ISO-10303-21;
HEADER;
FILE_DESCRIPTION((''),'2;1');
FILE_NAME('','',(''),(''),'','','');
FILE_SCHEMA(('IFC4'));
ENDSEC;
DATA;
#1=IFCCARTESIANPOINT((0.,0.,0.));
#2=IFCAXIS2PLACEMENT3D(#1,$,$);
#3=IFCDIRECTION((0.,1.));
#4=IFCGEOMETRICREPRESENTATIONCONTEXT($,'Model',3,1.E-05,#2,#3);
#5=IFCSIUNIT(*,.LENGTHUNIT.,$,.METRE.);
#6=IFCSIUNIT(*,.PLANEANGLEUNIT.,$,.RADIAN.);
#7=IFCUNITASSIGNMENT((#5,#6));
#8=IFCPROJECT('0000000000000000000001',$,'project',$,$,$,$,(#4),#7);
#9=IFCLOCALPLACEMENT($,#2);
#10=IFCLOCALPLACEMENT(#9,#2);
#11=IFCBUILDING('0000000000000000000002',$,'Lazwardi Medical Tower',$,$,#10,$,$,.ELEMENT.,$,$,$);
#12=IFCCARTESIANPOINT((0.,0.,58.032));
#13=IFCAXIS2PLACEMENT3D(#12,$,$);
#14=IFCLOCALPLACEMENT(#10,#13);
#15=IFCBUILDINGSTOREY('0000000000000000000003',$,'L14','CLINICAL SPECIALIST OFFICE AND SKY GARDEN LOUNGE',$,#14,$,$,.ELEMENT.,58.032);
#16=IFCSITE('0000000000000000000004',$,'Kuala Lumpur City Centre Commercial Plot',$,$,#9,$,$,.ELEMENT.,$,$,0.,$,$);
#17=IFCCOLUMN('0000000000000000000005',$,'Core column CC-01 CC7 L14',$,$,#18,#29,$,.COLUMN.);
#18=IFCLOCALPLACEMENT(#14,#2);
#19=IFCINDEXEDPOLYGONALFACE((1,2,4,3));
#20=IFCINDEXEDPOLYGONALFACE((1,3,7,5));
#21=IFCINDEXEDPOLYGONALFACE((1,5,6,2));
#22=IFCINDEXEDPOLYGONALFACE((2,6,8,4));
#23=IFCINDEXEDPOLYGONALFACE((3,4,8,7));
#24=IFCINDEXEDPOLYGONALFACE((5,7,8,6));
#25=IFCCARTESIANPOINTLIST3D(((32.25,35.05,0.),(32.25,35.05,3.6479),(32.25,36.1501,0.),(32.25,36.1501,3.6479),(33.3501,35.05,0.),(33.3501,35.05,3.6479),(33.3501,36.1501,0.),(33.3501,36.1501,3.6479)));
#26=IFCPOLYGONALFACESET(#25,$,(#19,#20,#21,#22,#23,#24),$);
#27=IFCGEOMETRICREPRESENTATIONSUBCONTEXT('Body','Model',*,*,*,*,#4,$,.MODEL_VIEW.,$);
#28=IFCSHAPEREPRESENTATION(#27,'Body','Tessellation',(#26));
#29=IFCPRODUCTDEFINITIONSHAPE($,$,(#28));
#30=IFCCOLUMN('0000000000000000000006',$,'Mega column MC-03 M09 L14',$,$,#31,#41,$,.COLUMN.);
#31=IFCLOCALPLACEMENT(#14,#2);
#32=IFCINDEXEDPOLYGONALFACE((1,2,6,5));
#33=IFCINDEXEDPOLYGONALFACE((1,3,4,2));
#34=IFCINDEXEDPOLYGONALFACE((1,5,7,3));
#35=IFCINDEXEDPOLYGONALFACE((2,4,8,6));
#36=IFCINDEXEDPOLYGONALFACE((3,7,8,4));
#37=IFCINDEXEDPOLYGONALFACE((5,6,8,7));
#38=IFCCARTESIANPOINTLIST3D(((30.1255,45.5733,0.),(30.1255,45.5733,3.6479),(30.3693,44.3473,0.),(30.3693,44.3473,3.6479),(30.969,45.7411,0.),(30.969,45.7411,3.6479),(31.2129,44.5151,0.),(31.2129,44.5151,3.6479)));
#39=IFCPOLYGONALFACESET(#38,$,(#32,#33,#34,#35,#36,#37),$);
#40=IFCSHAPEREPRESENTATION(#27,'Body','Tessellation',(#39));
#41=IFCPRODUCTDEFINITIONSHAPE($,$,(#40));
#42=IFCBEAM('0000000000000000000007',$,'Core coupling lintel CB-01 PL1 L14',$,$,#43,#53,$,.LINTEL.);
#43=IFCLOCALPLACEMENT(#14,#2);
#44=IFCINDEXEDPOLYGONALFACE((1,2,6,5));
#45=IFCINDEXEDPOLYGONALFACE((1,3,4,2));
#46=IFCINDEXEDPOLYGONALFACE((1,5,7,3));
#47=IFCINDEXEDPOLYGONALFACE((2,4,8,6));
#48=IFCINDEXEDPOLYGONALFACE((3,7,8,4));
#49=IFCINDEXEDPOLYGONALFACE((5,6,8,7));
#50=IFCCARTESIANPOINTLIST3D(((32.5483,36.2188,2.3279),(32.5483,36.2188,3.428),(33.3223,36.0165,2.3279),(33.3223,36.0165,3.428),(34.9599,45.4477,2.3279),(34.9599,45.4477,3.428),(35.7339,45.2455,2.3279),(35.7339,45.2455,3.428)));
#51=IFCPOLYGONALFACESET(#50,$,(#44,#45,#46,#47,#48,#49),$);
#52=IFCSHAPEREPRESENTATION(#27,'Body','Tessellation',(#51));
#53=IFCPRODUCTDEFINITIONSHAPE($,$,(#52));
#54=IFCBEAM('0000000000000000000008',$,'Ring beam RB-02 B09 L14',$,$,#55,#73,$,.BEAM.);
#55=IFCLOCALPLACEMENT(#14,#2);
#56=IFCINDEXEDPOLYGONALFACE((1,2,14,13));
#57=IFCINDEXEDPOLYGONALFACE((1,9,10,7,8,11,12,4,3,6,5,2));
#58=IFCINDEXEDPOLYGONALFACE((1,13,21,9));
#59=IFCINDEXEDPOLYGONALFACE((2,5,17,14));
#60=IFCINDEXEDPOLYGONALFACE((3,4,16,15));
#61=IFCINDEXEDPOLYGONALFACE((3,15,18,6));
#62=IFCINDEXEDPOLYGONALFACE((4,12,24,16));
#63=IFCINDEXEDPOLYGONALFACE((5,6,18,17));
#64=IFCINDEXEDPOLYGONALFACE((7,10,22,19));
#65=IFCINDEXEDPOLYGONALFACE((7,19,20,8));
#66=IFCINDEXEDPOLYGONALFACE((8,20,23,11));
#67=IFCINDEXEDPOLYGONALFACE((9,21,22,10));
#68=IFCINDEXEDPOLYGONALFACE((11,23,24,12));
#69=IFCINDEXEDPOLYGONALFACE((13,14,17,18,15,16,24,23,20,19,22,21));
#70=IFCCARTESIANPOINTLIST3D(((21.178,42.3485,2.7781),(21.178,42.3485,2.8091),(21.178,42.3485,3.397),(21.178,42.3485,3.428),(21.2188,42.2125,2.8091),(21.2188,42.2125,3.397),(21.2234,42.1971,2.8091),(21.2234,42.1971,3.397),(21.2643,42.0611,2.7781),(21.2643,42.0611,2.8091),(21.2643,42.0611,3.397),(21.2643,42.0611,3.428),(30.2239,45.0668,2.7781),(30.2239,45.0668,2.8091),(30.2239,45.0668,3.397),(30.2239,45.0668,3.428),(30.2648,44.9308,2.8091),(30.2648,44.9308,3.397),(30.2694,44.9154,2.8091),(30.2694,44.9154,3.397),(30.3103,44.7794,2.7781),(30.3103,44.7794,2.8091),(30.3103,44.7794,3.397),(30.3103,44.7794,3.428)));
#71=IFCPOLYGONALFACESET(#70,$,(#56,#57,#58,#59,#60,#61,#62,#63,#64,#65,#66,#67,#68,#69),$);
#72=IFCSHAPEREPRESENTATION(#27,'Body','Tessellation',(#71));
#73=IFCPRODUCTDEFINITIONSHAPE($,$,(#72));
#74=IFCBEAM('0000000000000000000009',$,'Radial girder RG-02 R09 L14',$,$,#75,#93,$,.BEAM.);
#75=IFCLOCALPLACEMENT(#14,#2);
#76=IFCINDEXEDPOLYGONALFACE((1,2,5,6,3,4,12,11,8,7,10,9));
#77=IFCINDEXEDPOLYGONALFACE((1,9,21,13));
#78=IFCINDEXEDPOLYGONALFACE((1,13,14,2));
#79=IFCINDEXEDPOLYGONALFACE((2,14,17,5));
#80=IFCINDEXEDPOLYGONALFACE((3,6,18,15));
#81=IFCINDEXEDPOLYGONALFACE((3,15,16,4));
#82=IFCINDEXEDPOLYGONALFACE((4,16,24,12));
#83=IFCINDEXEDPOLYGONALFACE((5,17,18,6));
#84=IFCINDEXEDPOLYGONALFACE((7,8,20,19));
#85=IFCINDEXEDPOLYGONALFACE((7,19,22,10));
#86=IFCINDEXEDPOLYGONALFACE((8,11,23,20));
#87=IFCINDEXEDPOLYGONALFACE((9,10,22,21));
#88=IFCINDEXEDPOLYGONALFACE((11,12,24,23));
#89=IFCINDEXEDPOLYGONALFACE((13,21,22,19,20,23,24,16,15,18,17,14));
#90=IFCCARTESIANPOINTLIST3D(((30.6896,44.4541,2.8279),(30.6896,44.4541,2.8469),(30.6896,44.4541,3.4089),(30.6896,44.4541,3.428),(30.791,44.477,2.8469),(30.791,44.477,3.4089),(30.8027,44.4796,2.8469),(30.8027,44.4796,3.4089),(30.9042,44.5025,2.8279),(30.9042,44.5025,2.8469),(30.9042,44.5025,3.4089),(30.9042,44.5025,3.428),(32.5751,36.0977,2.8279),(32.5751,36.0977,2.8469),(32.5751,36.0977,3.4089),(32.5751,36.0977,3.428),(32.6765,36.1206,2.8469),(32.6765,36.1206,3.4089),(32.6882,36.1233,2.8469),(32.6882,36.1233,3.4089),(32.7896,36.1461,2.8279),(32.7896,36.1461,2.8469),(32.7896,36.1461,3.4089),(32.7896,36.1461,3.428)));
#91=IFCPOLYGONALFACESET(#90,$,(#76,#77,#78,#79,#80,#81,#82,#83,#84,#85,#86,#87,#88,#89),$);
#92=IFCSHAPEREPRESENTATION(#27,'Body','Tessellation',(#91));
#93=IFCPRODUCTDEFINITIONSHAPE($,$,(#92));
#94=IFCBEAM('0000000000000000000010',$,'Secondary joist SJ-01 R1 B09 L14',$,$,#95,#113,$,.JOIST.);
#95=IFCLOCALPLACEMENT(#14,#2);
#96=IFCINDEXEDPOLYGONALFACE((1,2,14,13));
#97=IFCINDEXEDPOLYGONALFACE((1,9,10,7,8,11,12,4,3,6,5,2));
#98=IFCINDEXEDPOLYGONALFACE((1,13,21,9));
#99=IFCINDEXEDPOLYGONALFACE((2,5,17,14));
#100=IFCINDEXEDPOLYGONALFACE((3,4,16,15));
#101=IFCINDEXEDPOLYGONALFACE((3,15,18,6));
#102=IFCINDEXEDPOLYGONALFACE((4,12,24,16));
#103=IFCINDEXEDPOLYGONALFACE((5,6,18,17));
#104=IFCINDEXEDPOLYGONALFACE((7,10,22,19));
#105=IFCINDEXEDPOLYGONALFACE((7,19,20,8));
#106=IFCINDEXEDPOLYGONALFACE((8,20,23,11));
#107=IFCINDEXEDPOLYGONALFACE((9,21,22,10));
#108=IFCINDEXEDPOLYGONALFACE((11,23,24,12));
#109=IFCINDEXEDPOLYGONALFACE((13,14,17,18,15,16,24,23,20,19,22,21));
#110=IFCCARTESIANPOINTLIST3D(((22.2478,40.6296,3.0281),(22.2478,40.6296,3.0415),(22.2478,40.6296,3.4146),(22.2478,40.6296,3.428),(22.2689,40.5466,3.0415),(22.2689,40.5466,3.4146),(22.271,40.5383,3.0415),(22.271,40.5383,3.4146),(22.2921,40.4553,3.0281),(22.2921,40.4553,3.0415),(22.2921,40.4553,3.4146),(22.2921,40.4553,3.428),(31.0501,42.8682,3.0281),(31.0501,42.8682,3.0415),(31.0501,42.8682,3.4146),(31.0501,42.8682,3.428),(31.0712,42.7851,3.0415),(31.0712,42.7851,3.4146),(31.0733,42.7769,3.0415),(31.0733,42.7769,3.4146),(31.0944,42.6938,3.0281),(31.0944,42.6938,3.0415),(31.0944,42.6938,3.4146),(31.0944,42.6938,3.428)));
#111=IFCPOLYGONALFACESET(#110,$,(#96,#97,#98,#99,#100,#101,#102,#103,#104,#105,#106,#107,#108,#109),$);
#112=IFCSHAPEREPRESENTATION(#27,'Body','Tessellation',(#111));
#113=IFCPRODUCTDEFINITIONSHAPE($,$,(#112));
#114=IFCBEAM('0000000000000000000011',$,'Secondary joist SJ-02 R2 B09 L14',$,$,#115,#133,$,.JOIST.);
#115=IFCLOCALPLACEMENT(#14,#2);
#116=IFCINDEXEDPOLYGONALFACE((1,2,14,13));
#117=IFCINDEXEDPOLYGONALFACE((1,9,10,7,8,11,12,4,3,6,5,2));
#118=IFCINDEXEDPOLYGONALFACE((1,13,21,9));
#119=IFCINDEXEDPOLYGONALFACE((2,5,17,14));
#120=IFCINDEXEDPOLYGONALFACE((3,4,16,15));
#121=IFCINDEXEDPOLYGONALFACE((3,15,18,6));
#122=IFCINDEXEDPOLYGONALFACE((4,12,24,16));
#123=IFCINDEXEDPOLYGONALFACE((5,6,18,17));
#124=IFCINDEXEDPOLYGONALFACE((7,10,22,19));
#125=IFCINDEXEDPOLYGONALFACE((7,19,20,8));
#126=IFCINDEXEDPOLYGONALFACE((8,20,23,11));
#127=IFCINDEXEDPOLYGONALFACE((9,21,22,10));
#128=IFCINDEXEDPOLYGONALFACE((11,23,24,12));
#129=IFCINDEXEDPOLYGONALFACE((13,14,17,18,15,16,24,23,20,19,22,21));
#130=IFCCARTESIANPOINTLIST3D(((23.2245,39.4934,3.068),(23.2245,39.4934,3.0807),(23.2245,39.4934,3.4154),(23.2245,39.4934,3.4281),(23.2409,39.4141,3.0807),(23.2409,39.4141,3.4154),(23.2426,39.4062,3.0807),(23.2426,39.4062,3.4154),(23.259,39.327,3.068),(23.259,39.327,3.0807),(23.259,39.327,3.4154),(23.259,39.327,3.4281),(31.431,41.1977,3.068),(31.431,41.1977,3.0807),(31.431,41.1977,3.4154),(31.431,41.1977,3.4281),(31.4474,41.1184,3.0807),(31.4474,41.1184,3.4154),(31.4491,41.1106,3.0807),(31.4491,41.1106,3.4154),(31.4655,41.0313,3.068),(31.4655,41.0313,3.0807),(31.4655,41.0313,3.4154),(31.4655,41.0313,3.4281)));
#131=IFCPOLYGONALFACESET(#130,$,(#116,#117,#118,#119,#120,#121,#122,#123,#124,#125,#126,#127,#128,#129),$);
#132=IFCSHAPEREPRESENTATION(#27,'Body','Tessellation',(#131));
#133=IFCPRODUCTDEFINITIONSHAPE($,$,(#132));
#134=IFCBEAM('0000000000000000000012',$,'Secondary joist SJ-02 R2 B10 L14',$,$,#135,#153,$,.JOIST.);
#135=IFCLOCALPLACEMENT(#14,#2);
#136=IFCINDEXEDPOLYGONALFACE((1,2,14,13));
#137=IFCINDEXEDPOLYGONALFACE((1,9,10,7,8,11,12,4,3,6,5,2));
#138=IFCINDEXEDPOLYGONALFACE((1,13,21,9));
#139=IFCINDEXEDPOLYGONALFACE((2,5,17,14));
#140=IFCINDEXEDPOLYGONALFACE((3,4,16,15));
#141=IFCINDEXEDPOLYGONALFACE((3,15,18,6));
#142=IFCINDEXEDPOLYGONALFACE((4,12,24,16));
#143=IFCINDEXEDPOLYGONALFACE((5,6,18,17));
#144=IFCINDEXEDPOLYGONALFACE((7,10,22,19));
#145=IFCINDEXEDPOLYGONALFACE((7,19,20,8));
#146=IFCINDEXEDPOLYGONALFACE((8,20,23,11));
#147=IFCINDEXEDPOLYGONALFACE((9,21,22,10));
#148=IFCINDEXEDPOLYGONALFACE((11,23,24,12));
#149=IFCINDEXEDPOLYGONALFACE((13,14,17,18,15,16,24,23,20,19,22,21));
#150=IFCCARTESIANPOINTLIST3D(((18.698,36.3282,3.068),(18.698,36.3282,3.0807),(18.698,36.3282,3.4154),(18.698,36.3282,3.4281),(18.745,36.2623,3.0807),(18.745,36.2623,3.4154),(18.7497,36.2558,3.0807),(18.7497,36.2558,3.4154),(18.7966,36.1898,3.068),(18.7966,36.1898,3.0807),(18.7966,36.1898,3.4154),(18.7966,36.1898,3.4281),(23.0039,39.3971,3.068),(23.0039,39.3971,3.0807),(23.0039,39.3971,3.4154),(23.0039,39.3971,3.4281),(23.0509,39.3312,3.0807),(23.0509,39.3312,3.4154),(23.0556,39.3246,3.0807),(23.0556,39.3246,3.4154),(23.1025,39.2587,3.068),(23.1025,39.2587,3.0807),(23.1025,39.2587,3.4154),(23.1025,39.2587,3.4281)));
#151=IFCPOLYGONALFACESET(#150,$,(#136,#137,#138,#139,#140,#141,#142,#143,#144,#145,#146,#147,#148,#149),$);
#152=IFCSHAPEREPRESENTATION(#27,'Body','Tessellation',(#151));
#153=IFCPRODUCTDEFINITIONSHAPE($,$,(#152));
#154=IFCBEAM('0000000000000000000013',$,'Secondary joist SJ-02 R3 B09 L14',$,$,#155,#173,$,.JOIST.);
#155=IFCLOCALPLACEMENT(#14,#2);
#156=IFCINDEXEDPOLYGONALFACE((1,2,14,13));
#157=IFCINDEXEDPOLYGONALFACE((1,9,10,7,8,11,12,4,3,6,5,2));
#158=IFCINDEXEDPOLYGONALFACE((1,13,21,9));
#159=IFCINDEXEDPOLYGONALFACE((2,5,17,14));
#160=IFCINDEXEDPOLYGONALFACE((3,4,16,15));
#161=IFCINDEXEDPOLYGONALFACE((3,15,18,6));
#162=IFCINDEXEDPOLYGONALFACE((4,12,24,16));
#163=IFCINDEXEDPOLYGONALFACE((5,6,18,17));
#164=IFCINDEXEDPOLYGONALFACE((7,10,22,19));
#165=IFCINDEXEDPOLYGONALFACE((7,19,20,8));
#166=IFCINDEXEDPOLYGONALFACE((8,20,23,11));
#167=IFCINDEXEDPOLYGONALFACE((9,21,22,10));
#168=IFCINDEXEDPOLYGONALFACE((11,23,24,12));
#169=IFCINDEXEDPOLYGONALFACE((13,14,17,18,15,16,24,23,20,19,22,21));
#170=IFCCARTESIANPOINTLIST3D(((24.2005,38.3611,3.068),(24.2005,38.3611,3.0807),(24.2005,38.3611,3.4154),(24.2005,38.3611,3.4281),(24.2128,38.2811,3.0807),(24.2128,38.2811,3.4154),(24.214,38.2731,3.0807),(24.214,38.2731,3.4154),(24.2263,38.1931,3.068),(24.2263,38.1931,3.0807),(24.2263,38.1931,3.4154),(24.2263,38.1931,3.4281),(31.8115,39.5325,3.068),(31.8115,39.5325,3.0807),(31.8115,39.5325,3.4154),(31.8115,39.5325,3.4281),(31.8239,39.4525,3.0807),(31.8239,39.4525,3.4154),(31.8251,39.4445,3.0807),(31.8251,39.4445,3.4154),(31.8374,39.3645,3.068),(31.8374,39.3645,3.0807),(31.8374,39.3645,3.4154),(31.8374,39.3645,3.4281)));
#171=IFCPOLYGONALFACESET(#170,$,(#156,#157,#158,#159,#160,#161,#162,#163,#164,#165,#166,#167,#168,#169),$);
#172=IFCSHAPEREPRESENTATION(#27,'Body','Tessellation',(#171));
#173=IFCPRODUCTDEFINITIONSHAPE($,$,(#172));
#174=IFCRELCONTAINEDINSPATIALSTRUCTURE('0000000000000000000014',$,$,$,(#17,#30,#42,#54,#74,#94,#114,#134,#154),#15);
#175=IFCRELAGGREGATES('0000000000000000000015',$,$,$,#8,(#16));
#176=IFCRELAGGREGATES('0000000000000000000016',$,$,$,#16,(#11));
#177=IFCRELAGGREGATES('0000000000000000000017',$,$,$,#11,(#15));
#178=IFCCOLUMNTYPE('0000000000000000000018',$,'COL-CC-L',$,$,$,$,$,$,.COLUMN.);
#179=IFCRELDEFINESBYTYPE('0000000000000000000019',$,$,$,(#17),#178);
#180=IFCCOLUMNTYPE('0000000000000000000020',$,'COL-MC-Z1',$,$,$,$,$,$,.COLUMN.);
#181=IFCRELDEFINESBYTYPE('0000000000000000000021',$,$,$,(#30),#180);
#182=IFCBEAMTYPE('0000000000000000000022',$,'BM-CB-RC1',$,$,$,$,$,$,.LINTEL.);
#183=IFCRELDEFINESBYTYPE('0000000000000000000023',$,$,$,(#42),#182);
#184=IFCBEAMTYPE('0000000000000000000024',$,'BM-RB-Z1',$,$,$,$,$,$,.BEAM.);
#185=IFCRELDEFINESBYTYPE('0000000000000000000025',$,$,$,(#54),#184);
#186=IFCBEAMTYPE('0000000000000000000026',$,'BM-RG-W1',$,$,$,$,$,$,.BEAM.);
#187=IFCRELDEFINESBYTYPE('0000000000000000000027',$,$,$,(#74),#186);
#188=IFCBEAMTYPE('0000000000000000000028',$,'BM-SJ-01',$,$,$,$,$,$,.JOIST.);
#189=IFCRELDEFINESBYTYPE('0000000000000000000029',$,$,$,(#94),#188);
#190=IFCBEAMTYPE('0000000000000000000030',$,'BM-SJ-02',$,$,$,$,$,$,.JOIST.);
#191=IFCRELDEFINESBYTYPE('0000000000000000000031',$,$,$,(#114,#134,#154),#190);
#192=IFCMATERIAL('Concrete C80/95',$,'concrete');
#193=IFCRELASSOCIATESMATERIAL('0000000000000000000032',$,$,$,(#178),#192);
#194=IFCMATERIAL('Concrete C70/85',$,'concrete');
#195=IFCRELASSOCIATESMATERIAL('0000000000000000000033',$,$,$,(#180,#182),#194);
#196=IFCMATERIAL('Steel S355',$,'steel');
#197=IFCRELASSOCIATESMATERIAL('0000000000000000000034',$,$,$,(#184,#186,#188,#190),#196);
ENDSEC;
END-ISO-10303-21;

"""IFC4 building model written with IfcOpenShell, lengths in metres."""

from ifc_helpers import new_model, si_unit, direction, frame, origin, origin_2d, place, context, subcontext, project, spatial, rectangle, i_section, extrude, material, material_profile, profile_set, type_object, element, save


model = new_model("IFC4")

# Units and contexts
model_context = context("Model", 3, precision=1e-05, world=origin(), true_north=direction((0.0, 1.0)))
body_context = subcontext(model_context, "Body", "Model", "MODEL_VIEW")
ifc_project = project(units=[si_unit("LENGTHUNIT", "METRE"), si_unit("PLANEANGLEUNIT", "RADIAN")], contexts=[model_context])

# Site, building, storey
site_placement = place(None, origin())
site = spatial("IfcSite", under=ifc_project, at=site_placement, Name="Kuala Lumpur City Centre Commercial Plot", CompositionType="ELEMENT", RefElevation=0.0)
building_placement = place(site_placement, origin())
building = spatial("IfcBuilding", under=site, at=building_placement, Name="Lazwardi Medical Tower", CompositionType="ELEMENT")
storey_placement = place(building_placement, frame((0.0, 0.0, 58.032)))
storey = spatial("IfcBuildingStorey", under=building, at=storey_placement, Name="L14", Description="CLINICAL SPECIALIST OFFICE AND SKY GARDEN LOUNGE", CompositionType="ELEMENT", Elevation=58.032)

# Columns
ifc_material_1 = material(Name="Concrete C80/95", Category="concrete")
ifc_material_profile_1 = material_profile(ifc_material_1, rectangle(XDim=1.1001, YDim=1.1001, at=origin_2d()), Name="RC 1100x1100")
ifc_profile_set_1 = profile_set([ifc_material_profile_1], Name="Concrete C80/95")
column_type_1 = type_object("IfcColumnType", Name="COL-CC-L", PredefinedType="COLUMN", material=ifc_profile_set_1)
column_1_placement = place(storey_placement, frame((32.8, 35.6001, 0.0), z_axis=(0.0, 0.0, 1.0), x_axis=(1.0, 0.0, 0.0)))
element("IfcColumn", 1, at=column_1_placement, inside=storey, type_object=column_type_1, Name="Core column CC-01 CC7 L14", PredefinedType="COLUMN", context=body_context, shape_type="SweptSolid", body=[
    extrude(rectangle(XDim=1.1001, YDim=1.1001, at=origin_2d()), origin(), (0.0, 0.0, 1.0), 3.6479),
])
ifc_material_2 = material(Name="Concrete C70/85", Category="concrete")
ifc_material_profile_2 = material_profile(ifc_material_2, rectangle(XDim=1.25, YDim=0.8601, at=origin_2d()), Name="CFT-RECT 1250x860")
ifc_profile_set_2 = profile_set([ifc_material_profile_2], Name="Concrete C70/85")
column_type_2 = type_object("IfcColumnType", Name="COL-MC-Z1", PredefinedType="COLUMN", material=ifc_profile_set_2)
column_2_placement = place(storey_placement, frame((30.6692, 45.0442, 0.0), z_axis=(0.0, 0.0, 1.0), x_axis=(-0.19509, 0.980785, 0.0)))
element("IfcColumn", 2, at=column_2_placement, inside=storey, type_object=column_type_2, Name="Mega column MC-03 M09 L14", PredefinedType="COLUMN", context=body_context, shape_type="SweptSolid", body=[
    extrude(rectangle(XDim=1.25, YDim=0.8601, at=origin_2d()), origin(), (0.0, 0.0, 1.0), 3.6479),
])

# Beams
ifc_material_profile_3 = material_profile(ifc_material_2, rectangle(XDim=0.8, YDim=1.1001, at=origin_2d()), Name="RC 800x1100")
ifc_profile_set_3 = profile_set([ifc_material_profile_3], Name="Concrete C70/85")
beam_type_1 = type_object("IfcBeamType", Name="BM-CB-RC1", PredefinedType="LINTEL", material=ifc_profile_set_3)
beam_1_placement = place(storey_placement, frame((32.9353, 36.1177, 2.8779), z_axis=(0.25282, 0.967513, 0.0), x_axis=(-0.967513, 0.25282, 0.0)))
element("IfcBeam", 3, at=beam_1_placement, inside=storey, type_object=beam_type_1, Name="Core coupling lintel CB-01 PL1 L14", PredefinedType="LINTEL", context=body_context, shape_type="SweptSolid", body=[
    extrude(rectangle(XDim=0.8, YDim=1.1001, at=origin_2d()), origin(), (0.0, 0.0, 1.0), 9.5388),
])
ifc_material_3 = material(Name="Steel S355", Category="steel")
ifc_material_profile_4 = material_profile(ifc_material_3, i_section(OverallWidth=0.3, OverallDepth=0.6499, WebThickness=0.0161, FlangeThickness=0.031, at=origin_2d()), Name="HEB 650")
ifc_profile_set_4 = profile_set([ifc_material_profile_4], Name="Steel S355")
beam_type_2 = type_object("IfcBeamType", Name="BM-RB-Z1", PredefinedType="BEAM", material=ifc_profile_set_4)
beam_2_placement = place(storey_placement, frame((30.2671, 44.9231, 3.103), z_axis=(-0.957695, -0.287784, 0.0), x_axis=(0.287784, -0.957695, 0.0)))
element("IfcBeam", 4, at=beam_2_placement, inside=storey, type_object=beam_type_2, Name="Ring beam RB-02 B09 L14", PredefinedType="BEAM", context=body_context, shape_type="SweptSolid", body=[
    extrude(i_section(OverallWidth=0.3, OverallDepth=0.6499, WebThickness=0.0161, FlangeThickness=0.031, at=origin_2d()), origin(), (0.0, 0.0, 1.0), 9.4456),
])
ifc_material_profile_5 = material_profile(ifc_material_3, i_section(OverallWidth=0.22, OverallDepth=0.6001, WebThickness=0.012, FlangeThickness=0.019, at=origin_2d()), Name="IPE 600")
ifc_profile_set_5 = profile_set([ifc_material_profile_5], Name="Steel S355")
beam_type_3 = type_object("IfcBeamType", Name="BM-RG-W1", PredefinedType="BEAM", material=ifc_profile_set_5)
beam_3_placement = place(storey_placement, frame((30.7969, 44.4783, 3.1279), z_axis=(0.220101, -0.975477, 0.0), x_axis=(0.975477, 0.220101, 0.0)))
element("IfcBeam", 5, at=beam_3_placement, inside=storey, type_object=beam_type_3, Name="Radial girder RG-02 R09 L14", PredefinedType="BEAM", context=body_context, shape_type="SweptSolid", body=[
    extrude(i_section(OverallWidth=0.22, OverallDepth=0.6001, WebThickness=0.012, FlangeThickness=0.019, at=origin_2d()), origin(), (0.0, 0.0, 1.0), 8.5664),
])
ifc_material_profile_6 = material_profile(ifc_material_3, i_section(OverallWidth=0.1799, OverallDepth=0.3999, WebThickness=0.0085, FlangeThickness=0.0134, at=origin_2d()), Name="IPE 400")
ifc_profile_set_6 = profile_set([ifc_material_profile_6], Name="Steel S355")
beam_type_4 = type_object("IfcBeamType", Name="BM-SJ-01", PredefinedType="JOIST", material=ifc_profile_set_6)
beam_4_placement = place(storey_placement, frame((31.0723, 42.781, 3.228), z_axis=(-0.969151, -0.246468, 0.0), x_axis=(0.246468, -0.969151, 0.0)))
element("IfcBeam", 6, at=beam_4_placement, inside=storey, type_object=beam_type_4, Name="Secondary joist SJ-01 R1 B09 L14", PredefinedType="JOIST", context=body_context, shape_type="SweptSolid", body=[
    extrude(i_section(OverallWidth=0.1799, OverallDepth=0.3999, WebThickness=0.0085, FlangeThickness=0.0134, at=origin_2d()), origin(), (0.0, 0.0, 1.0), 9.0825),
])
ifc_material_profile_7 = material_profile(ifc_material_3, i_section(OverallWidth=0.1699, OverallDepth=0.3601, WebThickness=0.0081, FlangeThickness=0.0127, at=origin_2d()), Name="IPE 360")
ifc_profile_set_7 = profile_set([ifc_material_profile_7], Name="Steel S355")
beam_type_5 = type_object("IfcBeamType", Name="BM-SJ-02", PredefinedType="JOIST", material=ifc_profile_set_7)
beam_5_placement = place(storey_placement, frame((31.4482, 41.1145, 3.248), z_axis=(-0.979108, -0.203342, 0.0), x_axis=(0.203342, -0.979108, 0.0)))
element("IfcBeam", 7, at=beam_5_placement, inside=storey, type_object=beam_type_5, Name="Secondary joist SJ-02 R2 B09 L14", PredefinedType="JOIST", context=body_context, shape_type="SweptSolid", body=[
    extrude(i_section(OverallWidth=0.1699, OverallDepth=0.3601, WebThickness=0.0081, FlangeThickness=0.0127, at=origin_2d()), origin(), (0.0, 0.0, 1.0), 8.3816),
])
beam_6_placement = place(storey_placement, frame((23.0532, 39.3279, 3.248), z_axis=(-0.814341, -0.580386, 0.0), x_axis=(0.580386, -0.814341, 0.0)))
element("IfcBeam", 8, at=beam_6_placement, inside=storey, type_object=beam_type_5, Name="Secondary joist SJ-02 R2 B10 L14", PredefinedType="JOIST", context=body_context, shape_type="SweptSolid", body=[
    extrude(i_section(OverallWidth=0.1699, OverallDepth=0.3601, WebThickness=0.0081, FlangeThickness=0.0127, at=origin_2d()), origin(), (0.0, 0.0, 1.0), 5.2876),
])
beam_7_placement = place(storey_placement, frame((31.8245, 39.4485, 3.248), z_axis=(-0.988363, -0.152114, 0.0), x_axis=(0.152114, -0.988363, 0.0)))
element("IfcBeam", 9, at=beam_7_placement, inside=storey, type_object=beam_type_5, Name="Secondary joist SJ-02 R3 B09 L14", PredefinedType="JOIST", context=body_context, shape_type="SweptSolid", body=[
    extrude(i_section(OverallWidth=0.1699, OverallDepth=0.3601, WebThickness=0.0081, FlangeThickness=0.0127, at=origin_2d()), origin(), (0.0, 0.0, 1.0), 7.7007),
])

save(model, "model.ifc")
